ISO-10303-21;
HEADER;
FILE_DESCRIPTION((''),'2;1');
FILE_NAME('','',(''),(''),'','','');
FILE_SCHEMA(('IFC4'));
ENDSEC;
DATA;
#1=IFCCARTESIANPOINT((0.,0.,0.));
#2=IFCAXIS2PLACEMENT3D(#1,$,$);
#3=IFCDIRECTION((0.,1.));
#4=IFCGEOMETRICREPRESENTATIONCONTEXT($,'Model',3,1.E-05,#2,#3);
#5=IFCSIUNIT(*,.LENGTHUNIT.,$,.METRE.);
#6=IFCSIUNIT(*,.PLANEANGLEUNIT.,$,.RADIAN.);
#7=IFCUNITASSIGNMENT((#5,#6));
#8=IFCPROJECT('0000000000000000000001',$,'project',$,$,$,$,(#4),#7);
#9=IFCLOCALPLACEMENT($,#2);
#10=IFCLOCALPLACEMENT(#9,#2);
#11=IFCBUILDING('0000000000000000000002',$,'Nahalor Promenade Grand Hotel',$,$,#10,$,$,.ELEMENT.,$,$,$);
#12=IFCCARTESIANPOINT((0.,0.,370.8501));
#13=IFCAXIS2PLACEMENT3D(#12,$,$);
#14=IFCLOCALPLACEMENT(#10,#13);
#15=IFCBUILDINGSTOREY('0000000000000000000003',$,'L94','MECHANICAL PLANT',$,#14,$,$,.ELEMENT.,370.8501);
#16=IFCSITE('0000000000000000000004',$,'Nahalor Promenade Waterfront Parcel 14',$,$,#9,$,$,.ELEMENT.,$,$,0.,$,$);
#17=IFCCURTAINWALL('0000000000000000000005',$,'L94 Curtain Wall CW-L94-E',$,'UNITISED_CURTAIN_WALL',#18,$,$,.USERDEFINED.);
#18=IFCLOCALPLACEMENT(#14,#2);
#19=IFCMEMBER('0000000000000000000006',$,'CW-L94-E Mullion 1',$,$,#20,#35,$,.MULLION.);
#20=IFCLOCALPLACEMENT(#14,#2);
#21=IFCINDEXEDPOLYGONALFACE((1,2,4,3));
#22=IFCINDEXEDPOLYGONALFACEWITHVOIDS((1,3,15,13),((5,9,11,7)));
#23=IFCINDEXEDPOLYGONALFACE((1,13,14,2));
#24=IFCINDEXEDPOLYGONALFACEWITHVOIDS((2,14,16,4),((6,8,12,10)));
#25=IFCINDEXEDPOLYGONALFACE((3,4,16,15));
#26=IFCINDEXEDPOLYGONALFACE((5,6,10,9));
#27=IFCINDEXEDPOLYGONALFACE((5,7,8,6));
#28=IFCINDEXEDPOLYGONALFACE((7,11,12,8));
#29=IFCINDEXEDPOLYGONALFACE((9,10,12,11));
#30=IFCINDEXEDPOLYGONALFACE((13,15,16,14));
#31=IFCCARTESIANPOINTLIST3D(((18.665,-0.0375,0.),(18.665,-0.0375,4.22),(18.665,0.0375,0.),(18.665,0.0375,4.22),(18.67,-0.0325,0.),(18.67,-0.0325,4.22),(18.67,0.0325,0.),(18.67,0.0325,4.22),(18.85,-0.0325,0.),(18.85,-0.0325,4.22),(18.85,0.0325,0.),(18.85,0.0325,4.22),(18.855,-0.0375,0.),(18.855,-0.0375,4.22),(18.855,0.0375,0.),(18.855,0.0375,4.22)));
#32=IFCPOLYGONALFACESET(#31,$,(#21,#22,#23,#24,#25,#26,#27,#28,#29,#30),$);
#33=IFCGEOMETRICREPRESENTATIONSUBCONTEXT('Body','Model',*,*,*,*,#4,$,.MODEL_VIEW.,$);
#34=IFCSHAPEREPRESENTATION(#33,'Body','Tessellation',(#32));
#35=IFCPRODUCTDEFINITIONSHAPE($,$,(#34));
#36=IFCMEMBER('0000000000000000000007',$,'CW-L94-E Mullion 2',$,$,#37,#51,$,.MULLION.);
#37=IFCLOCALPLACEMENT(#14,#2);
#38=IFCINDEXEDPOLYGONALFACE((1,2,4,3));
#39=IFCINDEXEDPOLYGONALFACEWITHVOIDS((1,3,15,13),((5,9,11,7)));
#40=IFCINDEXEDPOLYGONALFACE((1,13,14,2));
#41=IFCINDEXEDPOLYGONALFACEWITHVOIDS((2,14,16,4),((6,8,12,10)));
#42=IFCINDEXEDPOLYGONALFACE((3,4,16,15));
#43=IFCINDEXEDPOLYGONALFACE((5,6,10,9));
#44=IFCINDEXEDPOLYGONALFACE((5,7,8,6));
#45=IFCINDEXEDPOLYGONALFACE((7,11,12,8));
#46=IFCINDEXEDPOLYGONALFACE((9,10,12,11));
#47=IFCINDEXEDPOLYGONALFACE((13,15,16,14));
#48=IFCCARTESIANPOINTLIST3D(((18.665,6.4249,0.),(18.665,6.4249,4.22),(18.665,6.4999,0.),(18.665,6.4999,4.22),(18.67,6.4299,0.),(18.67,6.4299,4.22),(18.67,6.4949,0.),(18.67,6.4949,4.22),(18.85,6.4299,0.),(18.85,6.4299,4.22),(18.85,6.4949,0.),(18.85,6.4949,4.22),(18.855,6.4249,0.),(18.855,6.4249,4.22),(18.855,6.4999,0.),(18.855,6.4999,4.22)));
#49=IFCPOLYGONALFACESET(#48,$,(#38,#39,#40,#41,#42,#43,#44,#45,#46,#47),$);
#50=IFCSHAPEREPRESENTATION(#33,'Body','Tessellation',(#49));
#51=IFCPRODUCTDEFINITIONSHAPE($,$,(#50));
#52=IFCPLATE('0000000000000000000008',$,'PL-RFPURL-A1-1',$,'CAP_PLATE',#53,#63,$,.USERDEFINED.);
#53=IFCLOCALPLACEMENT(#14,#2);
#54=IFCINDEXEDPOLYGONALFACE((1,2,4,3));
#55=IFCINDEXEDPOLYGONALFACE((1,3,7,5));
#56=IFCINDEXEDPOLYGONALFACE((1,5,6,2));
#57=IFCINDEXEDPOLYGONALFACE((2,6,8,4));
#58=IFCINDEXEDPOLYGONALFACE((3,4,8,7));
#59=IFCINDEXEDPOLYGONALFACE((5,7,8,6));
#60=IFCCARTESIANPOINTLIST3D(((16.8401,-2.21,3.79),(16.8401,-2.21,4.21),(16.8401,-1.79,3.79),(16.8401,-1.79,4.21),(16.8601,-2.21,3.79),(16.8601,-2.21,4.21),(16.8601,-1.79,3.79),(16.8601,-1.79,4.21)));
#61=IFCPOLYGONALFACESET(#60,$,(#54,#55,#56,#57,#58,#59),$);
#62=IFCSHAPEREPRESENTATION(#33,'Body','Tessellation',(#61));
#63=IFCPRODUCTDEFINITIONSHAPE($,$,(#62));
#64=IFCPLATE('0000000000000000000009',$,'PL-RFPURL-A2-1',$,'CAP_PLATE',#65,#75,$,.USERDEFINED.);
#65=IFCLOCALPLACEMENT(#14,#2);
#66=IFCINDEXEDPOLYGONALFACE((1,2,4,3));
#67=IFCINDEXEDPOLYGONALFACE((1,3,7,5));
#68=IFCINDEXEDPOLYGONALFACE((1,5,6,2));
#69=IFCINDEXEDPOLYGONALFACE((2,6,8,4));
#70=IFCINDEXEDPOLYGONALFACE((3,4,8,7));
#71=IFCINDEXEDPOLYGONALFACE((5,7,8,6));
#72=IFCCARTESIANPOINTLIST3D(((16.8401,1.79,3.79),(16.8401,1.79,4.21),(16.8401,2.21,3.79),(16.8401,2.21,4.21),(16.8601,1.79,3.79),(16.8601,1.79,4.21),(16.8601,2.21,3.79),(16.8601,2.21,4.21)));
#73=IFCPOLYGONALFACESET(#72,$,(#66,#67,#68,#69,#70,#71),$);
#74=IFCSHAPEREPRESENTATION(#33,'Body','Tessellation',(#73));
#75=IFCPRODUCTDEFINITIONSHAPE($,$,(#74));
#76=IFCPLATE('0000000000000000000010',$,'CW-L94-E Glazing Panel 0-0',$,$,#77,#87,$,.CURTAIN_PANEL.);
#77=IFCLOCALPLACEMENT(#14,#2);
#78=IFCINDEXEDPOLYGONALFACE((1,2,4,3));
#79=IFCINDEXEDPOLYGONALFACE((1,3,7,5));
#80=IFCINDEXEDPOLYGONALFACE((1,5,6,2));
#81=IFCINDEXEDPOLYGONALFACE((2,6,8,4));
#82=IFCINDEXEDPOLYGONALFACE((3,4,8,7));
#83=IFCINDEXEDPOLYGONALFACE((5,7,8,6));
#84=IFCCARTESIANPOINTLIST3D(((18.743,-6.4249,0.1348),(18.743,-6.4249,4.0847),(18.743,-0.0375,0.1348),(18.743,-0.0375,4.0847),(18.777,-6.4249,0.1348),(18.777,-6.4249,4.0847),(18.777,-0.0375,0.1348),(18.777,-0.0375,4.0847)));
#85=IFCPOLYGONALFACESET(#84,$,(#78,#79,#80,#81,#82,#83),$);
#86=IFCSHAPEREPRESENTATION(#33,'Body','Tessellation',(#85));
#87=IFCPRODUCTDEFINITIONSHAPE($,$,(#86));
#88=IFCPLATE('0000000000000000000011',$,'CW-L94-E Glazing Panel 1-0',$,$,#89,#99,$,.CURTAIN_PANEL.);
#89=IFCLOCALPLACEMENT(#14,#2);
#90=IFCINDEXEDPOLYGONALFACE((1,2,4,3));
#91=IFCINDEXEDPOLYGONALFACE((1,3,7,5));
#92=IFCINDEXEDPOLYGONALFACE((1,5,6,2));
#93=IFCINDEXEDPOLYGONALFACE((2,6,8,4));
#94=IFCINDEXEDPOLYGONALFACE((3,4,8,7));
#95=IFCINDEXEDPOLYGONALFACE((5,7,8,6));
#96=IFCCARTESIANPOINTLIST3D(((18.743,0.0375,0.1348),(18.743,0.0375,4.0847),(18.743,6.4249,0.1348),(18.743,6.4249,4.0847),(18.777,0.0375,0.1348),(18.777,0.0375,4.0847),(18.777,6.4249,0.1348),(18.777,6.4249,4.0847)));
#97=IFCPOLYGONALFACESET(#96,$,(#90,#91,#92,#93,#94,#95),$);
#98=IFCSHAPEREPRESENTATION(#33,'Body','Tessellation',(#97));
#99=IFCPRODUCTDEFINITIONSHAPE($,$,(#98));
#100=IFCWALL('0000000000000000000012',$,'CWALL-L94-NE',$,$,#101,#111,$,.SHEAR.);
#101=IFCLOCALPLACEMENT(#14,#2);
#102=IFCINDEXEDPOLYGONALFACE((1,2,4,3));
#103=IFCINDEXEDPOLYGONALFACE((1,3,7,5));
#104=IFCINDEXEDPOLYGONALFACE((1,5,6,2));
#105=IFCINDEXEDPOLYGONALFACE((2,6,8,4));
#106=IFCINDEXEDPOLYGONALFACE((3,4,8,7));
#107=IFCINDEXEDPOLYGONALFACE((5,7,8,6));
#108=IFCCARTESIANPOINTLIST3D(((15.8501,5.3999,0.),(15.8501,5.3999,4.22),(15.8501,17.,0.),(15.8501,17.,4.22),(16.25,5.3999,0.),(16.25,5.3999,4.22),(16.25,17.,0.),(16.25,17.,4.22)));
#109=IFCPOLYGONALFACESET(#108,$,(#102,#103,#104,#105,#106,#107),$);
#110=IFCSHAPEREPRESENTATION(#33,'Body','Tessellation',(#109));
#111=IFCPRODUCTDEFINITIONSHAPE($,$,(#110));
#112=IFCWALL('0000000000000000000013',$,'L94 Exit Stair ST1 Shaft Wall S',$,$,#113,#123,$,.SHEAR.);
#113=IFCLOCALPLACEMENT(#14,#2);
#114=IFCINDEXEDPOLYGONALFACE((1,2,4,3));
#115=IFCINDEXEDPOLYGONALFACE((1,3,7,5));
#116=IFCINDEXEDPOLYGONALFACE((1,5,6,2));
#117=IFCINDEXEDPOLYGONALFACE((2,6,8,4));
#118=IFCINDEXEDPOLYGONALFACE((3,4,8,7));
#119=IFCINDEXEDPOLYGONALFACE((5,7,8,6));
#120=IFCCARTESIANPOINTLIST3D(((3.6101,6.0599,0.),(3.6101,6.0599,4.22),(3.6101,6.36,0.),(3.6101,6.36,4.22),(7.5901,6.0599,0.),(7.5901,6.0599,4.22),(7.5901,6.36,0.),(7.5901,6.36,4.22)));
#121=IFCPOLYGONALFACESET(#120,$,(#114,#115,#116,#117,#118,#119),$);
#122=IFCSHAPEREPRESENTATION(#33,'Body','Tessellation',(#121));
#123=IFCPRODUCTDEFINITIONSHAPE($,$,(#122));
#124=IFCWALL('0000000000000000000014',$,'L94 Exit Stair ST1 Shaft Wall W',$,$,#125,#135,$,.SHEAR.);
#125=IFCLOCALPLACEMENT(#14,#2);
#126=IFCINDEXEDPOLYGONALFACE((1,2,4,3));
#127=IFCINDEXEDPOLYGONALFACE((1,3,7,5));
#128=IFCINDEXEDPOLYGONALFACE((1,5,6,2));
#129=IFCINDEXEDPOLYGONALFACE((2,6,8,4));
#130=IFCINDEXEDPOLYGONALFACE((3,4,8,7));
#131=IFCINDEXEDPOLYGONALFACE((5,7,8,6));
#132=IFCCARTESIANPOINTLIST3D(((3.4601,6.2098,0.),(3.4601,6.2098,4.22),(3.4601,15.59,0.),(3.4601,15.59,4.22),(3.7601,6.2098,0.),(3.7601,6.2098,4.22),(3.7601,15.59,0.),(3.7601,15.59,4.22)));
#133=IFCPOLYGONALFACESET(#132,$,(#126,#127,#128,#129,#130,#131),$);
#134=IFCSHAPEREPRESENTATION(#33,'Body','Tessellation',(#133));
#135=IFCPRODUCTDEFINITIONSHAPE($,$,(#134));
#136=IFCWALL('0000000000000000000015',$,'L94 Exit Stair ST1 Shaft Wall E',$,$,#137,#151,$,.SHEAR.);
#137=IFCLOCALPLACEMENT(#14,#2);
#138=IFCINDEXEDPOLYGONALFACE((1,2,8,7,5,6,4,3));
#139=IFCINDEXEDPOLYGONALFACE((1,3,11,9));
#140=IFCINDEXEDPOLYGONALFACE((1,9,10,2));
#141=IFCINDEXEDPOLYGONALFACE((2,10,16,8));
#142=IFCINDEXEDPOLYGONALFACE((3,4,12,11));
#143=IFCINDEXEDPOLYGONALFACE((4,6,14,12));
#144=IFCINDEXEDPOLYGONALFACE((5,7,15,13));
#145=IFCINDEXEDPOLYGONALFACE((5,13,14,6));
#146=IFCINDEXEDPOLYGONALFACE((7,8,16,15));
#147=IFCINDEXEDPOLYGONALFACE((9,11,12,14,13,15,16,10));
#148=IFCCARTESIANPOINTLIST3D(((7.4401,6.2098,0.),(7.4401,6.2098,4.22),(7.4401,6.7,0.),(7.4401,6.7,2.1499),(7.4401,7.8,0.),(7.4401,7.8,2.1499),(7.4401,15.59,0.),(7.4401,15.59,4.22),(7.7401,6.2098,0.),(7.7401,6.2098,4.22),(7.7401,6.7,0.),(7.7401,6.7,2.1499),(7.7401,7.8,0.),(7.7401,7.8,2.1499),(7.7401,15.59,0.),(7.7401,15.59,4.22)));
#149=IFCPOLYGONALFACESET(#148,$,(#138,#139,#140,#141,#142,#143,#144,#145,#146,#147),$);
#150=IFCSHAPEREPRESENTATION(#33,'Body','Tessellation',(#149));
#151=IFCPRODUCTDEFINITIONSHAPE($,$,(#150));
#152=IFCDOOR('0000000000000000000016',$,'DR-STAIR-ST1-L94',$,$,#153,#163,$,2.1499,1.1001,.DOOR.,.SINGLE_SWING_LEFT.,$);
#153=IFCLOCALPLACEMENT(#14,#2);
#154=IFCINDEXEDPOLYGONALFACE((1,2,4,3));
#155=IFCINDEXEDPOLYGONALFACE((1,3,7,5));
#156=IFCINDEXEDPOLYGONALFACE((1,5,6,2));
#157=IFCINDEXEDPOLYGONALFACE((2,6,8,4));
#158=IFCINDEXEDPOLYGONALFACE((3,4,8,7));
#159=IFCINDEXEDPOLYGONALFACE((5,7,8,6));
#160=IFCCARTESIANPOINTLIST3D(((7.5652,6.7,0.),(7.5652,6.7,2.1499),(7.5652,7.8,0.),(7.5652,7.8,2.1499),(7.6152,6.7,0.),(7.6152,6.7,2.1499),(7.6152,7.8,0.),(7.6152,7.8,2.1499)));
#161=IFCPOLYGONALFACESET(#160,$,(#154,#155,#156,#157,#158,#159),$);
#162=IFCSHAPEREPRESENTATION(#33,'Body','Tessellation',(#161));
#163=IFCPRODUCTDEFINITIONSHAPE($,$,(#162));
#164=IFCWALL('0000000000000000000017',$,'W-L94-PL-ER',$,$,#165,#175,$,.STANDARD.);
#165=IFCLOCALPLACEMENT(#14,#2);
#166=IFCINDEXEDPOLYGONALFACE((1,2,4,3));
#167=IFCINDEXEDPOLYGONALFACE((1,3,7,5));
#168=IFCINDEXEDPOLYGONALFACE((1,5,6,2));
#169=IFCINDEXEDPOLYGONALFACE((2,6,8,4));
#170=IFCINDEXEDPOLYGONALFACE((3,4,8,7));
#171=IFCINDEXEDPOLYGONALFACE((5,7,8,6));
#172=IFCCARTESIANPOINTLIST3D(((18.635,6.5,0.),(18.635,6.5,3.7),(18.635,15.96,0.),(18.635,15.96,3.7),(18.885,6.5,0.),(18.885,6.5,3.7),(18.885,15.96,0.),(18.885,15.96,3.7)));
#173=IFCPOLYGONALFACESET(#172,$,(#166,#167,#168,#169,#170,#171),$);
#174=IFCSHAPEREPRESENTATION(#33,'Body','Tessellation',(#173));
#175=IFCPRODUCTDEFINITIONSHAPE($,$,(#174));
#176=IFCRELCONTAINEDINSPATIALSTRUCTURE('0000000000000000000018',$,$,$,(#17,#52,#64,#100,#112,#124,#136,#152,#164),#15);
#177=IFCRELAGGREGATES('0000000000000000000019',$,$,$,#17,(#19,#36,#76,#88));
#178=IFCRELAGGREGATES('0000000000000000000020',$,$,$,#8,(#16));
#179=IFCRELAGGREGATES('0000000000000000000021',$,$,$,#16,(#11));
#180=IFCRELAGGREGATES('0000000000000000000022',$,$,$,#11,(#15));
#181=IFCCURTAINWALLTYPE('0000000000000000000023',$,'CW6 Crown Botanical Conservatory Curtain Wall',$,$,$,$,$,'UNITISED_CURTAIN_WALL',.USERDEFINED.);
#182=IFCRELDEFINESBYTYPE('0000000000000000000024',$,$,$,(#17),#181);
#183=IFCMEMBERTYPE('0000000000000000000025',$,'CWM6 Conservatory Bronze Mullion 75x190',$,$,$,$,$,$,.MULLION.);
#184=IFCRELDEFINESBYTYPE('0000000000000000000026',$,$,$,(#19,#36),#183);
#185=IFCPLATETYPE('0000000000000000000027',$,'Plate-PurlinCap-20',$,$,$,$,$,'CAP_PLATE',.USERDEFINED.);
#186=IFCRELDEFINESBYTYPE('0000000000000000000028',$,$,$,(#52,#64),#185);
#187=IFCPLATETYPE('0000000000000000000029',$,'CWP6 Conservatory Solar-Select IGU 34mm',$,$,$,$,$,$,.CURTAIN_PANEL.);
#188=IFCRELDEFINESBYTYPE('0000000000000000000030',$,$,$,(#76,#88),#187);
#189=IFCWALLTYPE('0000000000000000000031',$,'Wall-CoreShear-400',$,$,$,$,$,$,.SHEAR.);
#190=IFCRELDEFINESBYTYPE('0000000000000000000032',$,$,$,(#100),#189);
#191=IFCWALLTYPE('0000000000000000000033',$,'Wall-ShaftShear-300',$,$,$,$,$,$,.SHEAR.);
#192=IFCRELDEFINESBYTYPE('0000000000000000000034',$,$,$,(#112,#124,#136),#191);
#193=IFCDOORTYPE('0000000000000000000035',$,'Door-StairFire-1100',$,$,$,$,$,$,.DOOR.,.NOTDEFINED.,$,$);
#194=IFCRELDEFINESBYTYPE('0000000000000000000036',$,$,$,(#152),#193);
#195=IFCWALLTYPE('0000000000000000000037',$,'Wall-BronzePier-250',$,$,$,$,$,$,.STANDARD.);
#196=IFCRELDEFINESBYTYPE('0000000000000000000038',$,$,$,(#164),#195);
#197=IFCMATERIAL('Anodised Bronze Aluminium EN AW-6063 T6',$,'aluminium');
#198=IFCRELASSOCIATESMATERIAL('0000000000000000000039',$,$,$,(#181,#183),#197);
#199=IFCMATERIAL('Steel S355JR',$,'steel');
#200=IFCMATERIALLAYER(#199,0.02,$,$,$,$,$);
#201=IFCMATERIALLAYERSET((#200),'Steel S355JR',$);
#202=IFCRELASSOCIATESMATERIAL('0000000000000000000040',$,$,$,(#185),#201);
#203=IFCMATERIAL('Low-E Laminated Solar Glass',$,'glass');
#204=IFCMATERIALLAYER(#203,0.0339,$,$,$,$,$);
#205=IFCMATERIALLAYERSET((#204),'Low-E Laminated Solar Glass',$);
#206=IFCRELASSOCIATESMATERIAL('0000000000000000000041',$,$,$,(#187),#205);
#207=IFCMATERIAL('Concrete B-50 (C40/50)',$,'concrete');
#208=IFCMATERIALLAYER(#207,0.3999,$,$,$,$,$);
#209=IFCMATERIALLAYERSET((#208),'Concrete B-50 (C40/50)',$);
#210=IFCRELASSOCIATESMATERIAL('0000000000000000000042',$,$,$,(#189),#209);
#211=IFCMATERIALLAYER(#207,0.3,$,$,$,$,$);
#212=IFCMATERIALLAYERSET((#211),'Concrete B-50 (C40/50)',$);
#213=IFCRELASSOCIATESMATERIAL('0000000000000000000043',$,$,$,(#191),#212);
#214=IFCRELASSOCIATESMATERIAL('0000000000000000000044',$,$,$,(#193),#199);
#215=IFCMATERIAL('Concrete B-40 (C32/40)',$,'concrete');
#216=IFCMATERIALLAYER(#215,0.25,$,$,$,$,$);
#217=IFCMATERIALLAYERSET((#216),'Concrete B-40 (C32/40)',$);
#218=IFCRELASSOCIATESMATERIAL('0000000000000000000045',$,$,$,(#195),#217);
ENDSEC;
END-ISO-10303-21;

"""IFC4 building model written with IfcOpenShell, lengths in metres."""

from ifc_helpers import new_model, si_unit, direction, frame, frame_2d, origin, origin_2d, place, context, subcontext, project, spatial, rectangle, hollow_rectangle, extrude, source, transform, mapped, material, layer, layer_set, material_profile, profile_set, type_object, element, fill, aggregate, save


model = new_model("IFC4")

# Units and contexts
model_context = context("Model", 3, precision=1e-05, world=origin(), true_north=direction((0.0, 1.0)))
body_context = subcontext(model_context, "Body", "Model", "MODEL_VIEW")
ifc_project = project(units=[si_unit("LENGTHUNIT", "METRE"), si_unit("PLANEANGLEUNIT", "RADIAN")], contexts=[model_context])

# Site, building, storey
site_placement = place(None, origin())
site = spatial("IfcSite", under=ifc_project, at=site_placement, Name="Nahalor Promenade Waterfront Parcel 14", CompositionType="ELEMENT", RefElevation=0.0)
building_placement = place(site_placement, origin())
building = spatial("IfcBuilding", under=site, at=building_placement, Name="Nahalor Promenade Grand Hotel", CompositionType="ELEMENT")
storey_placement = place(building_placement, frame((0.0, 0.0, 370.8501)))
storey = spatial("IfcBuildingStorey", under=building, at=storey_placement, Name="L94", Description="MECHANICAL PLANT", CompositionType="ELEMENT", Elevation=370.8501)

# Shared definitions
ifc_material_1 = material(Name="Concrete B-50 (C40/50)", Category="concrete")

# Shared definitions
ifc_material_2 = material(Name="Steel S355JR", Category="steel")

# Curtain wall, members
ifc_material_3 = material(Name="Anodised Bronze Aluminium EN AW-6063 T6", Category="aluminium")
curtain_wall_type = type_object("IfcCurtainWallType", Name="CW6 Crown Botanical Conservatory Curtain Wall", ElementType="UNITISED_CURTAIN_WALL", PredefinedType="USERDEFINED", material=ifc_material_3)
curtain_wall_placement = place(storey_placement, origin())
curtain_wall = element("IfcCurtainWall", 1, at=curtain_wall_placement, inside=storey, type_object=curtain_wall_type, Name="L94 Curtain Wall CW-L94-E", ObjectType="UNITISED_CURTAIN_WALL", PredefinedType="USERDEFINED")
ifc_material_profile_1 = material_profile(ifc_material_3, hollow_rectangle(XDim=0.075, YDim=0.19, WallThickness=0.005, at=origin_2d()), Name="CWM 75x190x5")
ifc_profile_set_1 = profile_set([ifc_material_profile_1], Name="Anodised Bronze Aluminium EN AW-6063 T6")
member_type_1 = type_object("IfcMemberType", Name="CWM6 Conservatory Bronze Mullion 75x190", PredefinedType="MULLION", material=ifc_profile_set_1)
shared_shape_1 = source(origin(), body_context, "Body", "SweptSolid", [
    extrude(hollow_rectangle(XDim=0.075, YDim=0.19, WallThickness=0.005, at=origin_2d()), origin(), (0.0, 0.0, 1.0), 4.22),
])
member_1_placement = place(storey_placement, frame((18.76, 0.0, 0.0), z_axis=(0.0, 0.0, 1.0), x_axis=(0.0, 1.0, 0.0)))
member_1 = element("IfcMember", 2, at=member_1_placement, type_object=member_type_1, Name="CW-L94-E Mullion 1", PredefinedType="MULLION", context=body_context, shape_type="MappedRepresentation", body=[
    mapped(shared_shape_1, transform((0.0, 0.0, 0.0), scale=1.0)),
])
member_2_placement = place(storey_placement, frame((18.76, 6.4624, 0.0), z_axis=(0.0, 0.0, 1.0), x_axis=(0.0, 1.0, 0.0)))
member_2 = element("IfcMember", 3, at=member_2_placement, type_object=member_type_1, Name="CW-L94-E Mullion 2", PredefinedType="MULLION", context=body_context, shape_type="MappedRepresentation", body=[
    mapped(shared_shape_1, transform((0.0, 0.0, 0.0), scale=1.0)),
])

# Plates
ifc_layer_1 = layer(ifc_material_2, 0.02)
ifc_layer_set_1 = layer_set([ifc_layer_1], Name="Steel S355JR")
plate_type_1 = type_object("IfcPlateType", Name="Plate-PurlinCap-20", ElementType="CAP_PLATE", PredefinedType="USERDEFINED", material=ifc_layer_set_1)
shared_shape_2 = source(origin(), body_context, "Body", "SweptSolid", [
    extrude(rectangle(XDim=0.4199, YDim=0.02, at=origin_2d()), origin(), (0.0, 0.0, 1.0), 0.4199),
])
for number, where, z_axis, x_axis, name in (
    (4, (16.8501, -2.0, 3.79), (0.0, 0.0, 1.0), (0.0, 1.0, 0.0), "PL-RFPURL-A1-1"),
    (5, (16.8501, 2.0, 3.79), (0.0, 0.0, 1.0), (0.0, 1.0, 0.0), "PL-RFPURL-A2-1"),
):
    element("IfcPlate", number, at=place(storey_placement, frame(where, z_axis=z_axis, x_axis=x_axis)), inside=storey, type_object=plate_type_1, Name=name, ObjectType="CAP_PLATE", PredefinedType="USERDEFINED", context=body_context, shape_type="MappedRepresentation", body=[
        mapped(shared_shape_2, transform((0.0, 0.0, 0.0), scale=1.0)),
    ])

# Plates
ifc_material_4 = material(Name="Low-E Laminated Solar Glass", Category="glass")
ifc_layer_2 = layer(ifc_material_4, 0.0339)
ifc_layer_set_2 = layer_set([ifc_layer_2], Name="Low-E Laminated Solar Glass")
plate_type_2 = type_object("IfcPlateType", Name="CWP6 Conservatory Solar-Select IGU 34mm", PredefinedType="CURTAIN_PANEL", material=ifc_layer_set_2)
shared_shape_3 = source(origin(), body_context, "Body", "SweptSolid", [
    extrude(rectangle(XDim=6.3875, YDim=0.0339, at=origin_2d()), origin(), (0.0, 0.0, 1.0), 3.95),
])
plate_1_placement = place(storey_placement, frame((18.76, -3.2312, 0.1348), z_axis=(0.0, 0.0, 1.0), x_axis=(0.0, 1.0, 0.0)))
plate_1 = element("IfcPlate", 6, at=plate_1_placement, type_object=plate_type_2, Name="CW-L94-E Glazing Panel 0-0", PredefinedType="CURTAIN_PANEL", context=body_context, shape_type="MappedRepresentation", body=[
    mapped(shared_shape_3, transform((0.0, 0.0, 0.0), scale=1.0)),
])
plate_2_placement = place(storey_placement, frame((18.76, 3.2312, 0.1348), z_axis=(0.0, 0.0, 1.0), x_axis=(0.0, 1.0, 0.0)))
plate_2 = element("IfcPlate", 7, at=plate_2_placement, type_object=plate_type_2, Name="CW-L94-E Glazing Panel 1-0", PredefinedType="CURTAIN_PANEL", context=body_context, shape_type="MappedRepresentation", body=[
    mapped(shared_shape_3, transform((0.0, 0.0, 0.0), scale=1.0)),
])
aggregate(curtain_wall, [member_1, member_2, plate_1, plate_2])

# Walls
ifc_layer_3 = layer(ifc_material_1, 0.3999)
ifc_layer_set_3 = layer_set([ifc_layer_3], Name="Concrete B-50 (C40/50)")
wall_type_1 = type_object("IfcWallType", Name="Wall-CoreShear-400", PredefinedType="SHEAR", material=ifc_layer_set_3)
shared_shape_4 = source(origin(), body_context, "Body", "SweptSolid", [
    extrude(rectangle(XDim=11.6001, YDim=0.3999, at=frame_2d((5.8, 0.0))), origin(), (0.0, 0.0, 1.0), 4.22),
])
wall_1_placement = place(storey_placement, frame((16.05, 5.3999, 0.0), z_axis=(0.0, 0.0, 1.0), x_axis=(0.0, 1.0, 0.0)))
element("IfcWall", 8, at=wall_1_placement, inside=storey, type_object=wall_type_1, Name="CWALL-L94-NE", PredefinedType="SHEAR", context=body_context, shape_type="MappedRepresentation", body=[
    mapped(shared_shape_4, transform((0.0, 0.0, 0.0), scale=1.0)),
])
ifc_layer_4 = layer(ifc_material_1, 0.3)
ifc_layer_set_4 = layer_set([ifc_layer_4], Name="Concrete B-50 (C40/50)")
wall_type_2 = type_object("IfcWallType", Name="Wall-ShaftShear-300", PredefinedType="SHEAR", material=ifc_layer_set_4)
shared_shape_5 = source(origin(), body_context, "Body", "SweptSolid", [
    extrude(rectangle(XDim=3.98, YDim=0.3, at=frame_2d((1.99, 0.0))), origin(), (0.0, 0.0, 1.0), 4.22),
])
wall_2_placement = place(storey_placement, frame((3.6101, 6.21, 0.0), z_axis=(0.0, 0.0, 1.0), x_axis=(1.0, 0.0, 0.0)))
element("IfcWall", 9, at=wall_2_placement, inside=storey, type_object=wall_type_2, Name="L94 Exit Stair ST1 Shaft Wall S", PredefinedType="SHEAR", context=body_context, shape_type="MappedRepresentation", body=[
    mapped(shared_shape_5, transform((0.0, 0.0, 0.0), scale=1.0)),
])
shared_shape_6 = source(origin(), body_context, "Body", "SweptSolid", [
    extrude(rectangle(XDim=9.3801, YDim=0.3, at=frame_2d((4.6899, 0.0))), origin(), (0.0, 0.0, 1.0), 4.22),
])
wall_3_placement = place(storey_placement, frame((3.6101, 6.21, 0.0), z_axis=(0.0, 0.0, 1.0), x_axis=(0.0, 1.0, 0.0)))
element("IfcWall", 10, at=wall_3_placement, inside=storey, type_object=wall_type_2, Name="L94 Exit Stair ST1 Shaft Wall W", PredefinedType="SHEAR", context=body_context, shape_type="MappedRepresentation", body=[
    mapped(shared_shape_6, transform((0.0, 0.0, 0.0), scale=1.0)),
])

# Wall, opening, door
wall_4_placement = place(storey_placement, frame((7.5901, 6.21, 0.0), z_axis=(0.0, 0.0, 1.0), x_axis=(0.0, 1.0, 0.0)))
wall_4 = element("IfcWall", 11, at=wall_4_placement, inside=storey, type_object=wall_type_2, Name="L94 Exit Stair ST1 Shaft Wall E", PredefinedType="SHEAR", context=body_context, shape_type="MappedRepresentation", body=[
    mapped(shared_shape_6, transform((0.0, 0.0, 0.0), scale=1.0)),
])
opening_1_placement = place(wall_4_placement, frame((0.49, 0.0, 0.0)))
opening_1 = element("IfcOpeningElement", 12, at=opening_1_placement, cuts=wall_4, PredefinedType="OPENING", context=body_context, shape_type="SweptSolid", body=[
    extrude(rectangle(XDim=1.1001, YDim=2.1499, at=frame_2d((0.55, 1.075))), frame((0.0, 0.1599, 0.0), z_axis=(0.0, -1.0, 0.0), x_axis=(1.0, 0.0, 0.0)), (0.0, 0.0, 1.0), 0.3201),
])
door_type_1 = type_object("IfcDoorType", Name="Door-StairFire-1100", OperationType="NOTDEFINED", PredefinedType="DOOR", material=ifc_material_2)
shared_shape_7 = source(origin(), body_context, "Body", "SweptSolid", [
    extrude(rectangle(XDim=1.1001, YDim=2.1499, at=frame_2d((0.55, 1.075))), frame((0.0, 0.0249, 0.0), z_axis=(0.0, -1.0, 0.0), x_axis=(1.0, 0.0, 0.0)), (0.0, 0.0, 1.0), 0.05),
])
door_1_placement = place(opening_1_placement, origin())
door_1 = element("IfcDoor", 13, at=door_1_placement, inside=storey, type_object=door_type_1, Name="DR-STAIR-ST1-L94", OperationType="SINGLE_SWING_LEFT", OverallHeight=2.1499, OverallWidth=1.1001, PredefinedType="DOOR", context=body_context, shape_type="MappedRepresentation", body=[
    mapped(shared_shape_7, transform((0.0, 0.0, 0.0), scale=1.0)),
])
fill(opening_1, door_1)

# Wall
ifc_material_5 = material(Name="Concrete B-40 (C32/40)", Category="concrete")
ifc_layer_5 = layer(ifc_material_5, 0.25)
ifc_layer_set_5 = layer_set([ifc_layer_5], Name="Concrete B-40 (C32/40)")
wall_type_3 = type_object("IfcWallType", Name="Wall-BronzePier-250", PredefinedType="STANDARD", material=ifc_layer_set_5)
shared_shape_8 = source(origin(), body_context, "Body", "SweptSolid", [
    extrude(rectangle(XDim=9.46, YDim=0.25, at=frame_2d((4.73, 0.0))), origin(), (0.0, 0.0, 1.0), 3.7),
])
wall_5_placement = place(storey_placement, frame((18.76, 6.5, 0.0), z_axis=(0.0, 0.0, 1.0), x_axis=(0.0, 1.0, 0.0)))
element("IfcWall", 14, at=wall_5_placement, inside=storey, type_object=wall_type_3, Name="W-L94-PL-ER", PredefinedType="STANDARD", context=body_context, shape_type="MappedRepresentation", body=[
    mapped(shared_shape_8, transform((0.0, 0.0, 0.0), scale=1.0)),
])

save(model, "model.ifc")
